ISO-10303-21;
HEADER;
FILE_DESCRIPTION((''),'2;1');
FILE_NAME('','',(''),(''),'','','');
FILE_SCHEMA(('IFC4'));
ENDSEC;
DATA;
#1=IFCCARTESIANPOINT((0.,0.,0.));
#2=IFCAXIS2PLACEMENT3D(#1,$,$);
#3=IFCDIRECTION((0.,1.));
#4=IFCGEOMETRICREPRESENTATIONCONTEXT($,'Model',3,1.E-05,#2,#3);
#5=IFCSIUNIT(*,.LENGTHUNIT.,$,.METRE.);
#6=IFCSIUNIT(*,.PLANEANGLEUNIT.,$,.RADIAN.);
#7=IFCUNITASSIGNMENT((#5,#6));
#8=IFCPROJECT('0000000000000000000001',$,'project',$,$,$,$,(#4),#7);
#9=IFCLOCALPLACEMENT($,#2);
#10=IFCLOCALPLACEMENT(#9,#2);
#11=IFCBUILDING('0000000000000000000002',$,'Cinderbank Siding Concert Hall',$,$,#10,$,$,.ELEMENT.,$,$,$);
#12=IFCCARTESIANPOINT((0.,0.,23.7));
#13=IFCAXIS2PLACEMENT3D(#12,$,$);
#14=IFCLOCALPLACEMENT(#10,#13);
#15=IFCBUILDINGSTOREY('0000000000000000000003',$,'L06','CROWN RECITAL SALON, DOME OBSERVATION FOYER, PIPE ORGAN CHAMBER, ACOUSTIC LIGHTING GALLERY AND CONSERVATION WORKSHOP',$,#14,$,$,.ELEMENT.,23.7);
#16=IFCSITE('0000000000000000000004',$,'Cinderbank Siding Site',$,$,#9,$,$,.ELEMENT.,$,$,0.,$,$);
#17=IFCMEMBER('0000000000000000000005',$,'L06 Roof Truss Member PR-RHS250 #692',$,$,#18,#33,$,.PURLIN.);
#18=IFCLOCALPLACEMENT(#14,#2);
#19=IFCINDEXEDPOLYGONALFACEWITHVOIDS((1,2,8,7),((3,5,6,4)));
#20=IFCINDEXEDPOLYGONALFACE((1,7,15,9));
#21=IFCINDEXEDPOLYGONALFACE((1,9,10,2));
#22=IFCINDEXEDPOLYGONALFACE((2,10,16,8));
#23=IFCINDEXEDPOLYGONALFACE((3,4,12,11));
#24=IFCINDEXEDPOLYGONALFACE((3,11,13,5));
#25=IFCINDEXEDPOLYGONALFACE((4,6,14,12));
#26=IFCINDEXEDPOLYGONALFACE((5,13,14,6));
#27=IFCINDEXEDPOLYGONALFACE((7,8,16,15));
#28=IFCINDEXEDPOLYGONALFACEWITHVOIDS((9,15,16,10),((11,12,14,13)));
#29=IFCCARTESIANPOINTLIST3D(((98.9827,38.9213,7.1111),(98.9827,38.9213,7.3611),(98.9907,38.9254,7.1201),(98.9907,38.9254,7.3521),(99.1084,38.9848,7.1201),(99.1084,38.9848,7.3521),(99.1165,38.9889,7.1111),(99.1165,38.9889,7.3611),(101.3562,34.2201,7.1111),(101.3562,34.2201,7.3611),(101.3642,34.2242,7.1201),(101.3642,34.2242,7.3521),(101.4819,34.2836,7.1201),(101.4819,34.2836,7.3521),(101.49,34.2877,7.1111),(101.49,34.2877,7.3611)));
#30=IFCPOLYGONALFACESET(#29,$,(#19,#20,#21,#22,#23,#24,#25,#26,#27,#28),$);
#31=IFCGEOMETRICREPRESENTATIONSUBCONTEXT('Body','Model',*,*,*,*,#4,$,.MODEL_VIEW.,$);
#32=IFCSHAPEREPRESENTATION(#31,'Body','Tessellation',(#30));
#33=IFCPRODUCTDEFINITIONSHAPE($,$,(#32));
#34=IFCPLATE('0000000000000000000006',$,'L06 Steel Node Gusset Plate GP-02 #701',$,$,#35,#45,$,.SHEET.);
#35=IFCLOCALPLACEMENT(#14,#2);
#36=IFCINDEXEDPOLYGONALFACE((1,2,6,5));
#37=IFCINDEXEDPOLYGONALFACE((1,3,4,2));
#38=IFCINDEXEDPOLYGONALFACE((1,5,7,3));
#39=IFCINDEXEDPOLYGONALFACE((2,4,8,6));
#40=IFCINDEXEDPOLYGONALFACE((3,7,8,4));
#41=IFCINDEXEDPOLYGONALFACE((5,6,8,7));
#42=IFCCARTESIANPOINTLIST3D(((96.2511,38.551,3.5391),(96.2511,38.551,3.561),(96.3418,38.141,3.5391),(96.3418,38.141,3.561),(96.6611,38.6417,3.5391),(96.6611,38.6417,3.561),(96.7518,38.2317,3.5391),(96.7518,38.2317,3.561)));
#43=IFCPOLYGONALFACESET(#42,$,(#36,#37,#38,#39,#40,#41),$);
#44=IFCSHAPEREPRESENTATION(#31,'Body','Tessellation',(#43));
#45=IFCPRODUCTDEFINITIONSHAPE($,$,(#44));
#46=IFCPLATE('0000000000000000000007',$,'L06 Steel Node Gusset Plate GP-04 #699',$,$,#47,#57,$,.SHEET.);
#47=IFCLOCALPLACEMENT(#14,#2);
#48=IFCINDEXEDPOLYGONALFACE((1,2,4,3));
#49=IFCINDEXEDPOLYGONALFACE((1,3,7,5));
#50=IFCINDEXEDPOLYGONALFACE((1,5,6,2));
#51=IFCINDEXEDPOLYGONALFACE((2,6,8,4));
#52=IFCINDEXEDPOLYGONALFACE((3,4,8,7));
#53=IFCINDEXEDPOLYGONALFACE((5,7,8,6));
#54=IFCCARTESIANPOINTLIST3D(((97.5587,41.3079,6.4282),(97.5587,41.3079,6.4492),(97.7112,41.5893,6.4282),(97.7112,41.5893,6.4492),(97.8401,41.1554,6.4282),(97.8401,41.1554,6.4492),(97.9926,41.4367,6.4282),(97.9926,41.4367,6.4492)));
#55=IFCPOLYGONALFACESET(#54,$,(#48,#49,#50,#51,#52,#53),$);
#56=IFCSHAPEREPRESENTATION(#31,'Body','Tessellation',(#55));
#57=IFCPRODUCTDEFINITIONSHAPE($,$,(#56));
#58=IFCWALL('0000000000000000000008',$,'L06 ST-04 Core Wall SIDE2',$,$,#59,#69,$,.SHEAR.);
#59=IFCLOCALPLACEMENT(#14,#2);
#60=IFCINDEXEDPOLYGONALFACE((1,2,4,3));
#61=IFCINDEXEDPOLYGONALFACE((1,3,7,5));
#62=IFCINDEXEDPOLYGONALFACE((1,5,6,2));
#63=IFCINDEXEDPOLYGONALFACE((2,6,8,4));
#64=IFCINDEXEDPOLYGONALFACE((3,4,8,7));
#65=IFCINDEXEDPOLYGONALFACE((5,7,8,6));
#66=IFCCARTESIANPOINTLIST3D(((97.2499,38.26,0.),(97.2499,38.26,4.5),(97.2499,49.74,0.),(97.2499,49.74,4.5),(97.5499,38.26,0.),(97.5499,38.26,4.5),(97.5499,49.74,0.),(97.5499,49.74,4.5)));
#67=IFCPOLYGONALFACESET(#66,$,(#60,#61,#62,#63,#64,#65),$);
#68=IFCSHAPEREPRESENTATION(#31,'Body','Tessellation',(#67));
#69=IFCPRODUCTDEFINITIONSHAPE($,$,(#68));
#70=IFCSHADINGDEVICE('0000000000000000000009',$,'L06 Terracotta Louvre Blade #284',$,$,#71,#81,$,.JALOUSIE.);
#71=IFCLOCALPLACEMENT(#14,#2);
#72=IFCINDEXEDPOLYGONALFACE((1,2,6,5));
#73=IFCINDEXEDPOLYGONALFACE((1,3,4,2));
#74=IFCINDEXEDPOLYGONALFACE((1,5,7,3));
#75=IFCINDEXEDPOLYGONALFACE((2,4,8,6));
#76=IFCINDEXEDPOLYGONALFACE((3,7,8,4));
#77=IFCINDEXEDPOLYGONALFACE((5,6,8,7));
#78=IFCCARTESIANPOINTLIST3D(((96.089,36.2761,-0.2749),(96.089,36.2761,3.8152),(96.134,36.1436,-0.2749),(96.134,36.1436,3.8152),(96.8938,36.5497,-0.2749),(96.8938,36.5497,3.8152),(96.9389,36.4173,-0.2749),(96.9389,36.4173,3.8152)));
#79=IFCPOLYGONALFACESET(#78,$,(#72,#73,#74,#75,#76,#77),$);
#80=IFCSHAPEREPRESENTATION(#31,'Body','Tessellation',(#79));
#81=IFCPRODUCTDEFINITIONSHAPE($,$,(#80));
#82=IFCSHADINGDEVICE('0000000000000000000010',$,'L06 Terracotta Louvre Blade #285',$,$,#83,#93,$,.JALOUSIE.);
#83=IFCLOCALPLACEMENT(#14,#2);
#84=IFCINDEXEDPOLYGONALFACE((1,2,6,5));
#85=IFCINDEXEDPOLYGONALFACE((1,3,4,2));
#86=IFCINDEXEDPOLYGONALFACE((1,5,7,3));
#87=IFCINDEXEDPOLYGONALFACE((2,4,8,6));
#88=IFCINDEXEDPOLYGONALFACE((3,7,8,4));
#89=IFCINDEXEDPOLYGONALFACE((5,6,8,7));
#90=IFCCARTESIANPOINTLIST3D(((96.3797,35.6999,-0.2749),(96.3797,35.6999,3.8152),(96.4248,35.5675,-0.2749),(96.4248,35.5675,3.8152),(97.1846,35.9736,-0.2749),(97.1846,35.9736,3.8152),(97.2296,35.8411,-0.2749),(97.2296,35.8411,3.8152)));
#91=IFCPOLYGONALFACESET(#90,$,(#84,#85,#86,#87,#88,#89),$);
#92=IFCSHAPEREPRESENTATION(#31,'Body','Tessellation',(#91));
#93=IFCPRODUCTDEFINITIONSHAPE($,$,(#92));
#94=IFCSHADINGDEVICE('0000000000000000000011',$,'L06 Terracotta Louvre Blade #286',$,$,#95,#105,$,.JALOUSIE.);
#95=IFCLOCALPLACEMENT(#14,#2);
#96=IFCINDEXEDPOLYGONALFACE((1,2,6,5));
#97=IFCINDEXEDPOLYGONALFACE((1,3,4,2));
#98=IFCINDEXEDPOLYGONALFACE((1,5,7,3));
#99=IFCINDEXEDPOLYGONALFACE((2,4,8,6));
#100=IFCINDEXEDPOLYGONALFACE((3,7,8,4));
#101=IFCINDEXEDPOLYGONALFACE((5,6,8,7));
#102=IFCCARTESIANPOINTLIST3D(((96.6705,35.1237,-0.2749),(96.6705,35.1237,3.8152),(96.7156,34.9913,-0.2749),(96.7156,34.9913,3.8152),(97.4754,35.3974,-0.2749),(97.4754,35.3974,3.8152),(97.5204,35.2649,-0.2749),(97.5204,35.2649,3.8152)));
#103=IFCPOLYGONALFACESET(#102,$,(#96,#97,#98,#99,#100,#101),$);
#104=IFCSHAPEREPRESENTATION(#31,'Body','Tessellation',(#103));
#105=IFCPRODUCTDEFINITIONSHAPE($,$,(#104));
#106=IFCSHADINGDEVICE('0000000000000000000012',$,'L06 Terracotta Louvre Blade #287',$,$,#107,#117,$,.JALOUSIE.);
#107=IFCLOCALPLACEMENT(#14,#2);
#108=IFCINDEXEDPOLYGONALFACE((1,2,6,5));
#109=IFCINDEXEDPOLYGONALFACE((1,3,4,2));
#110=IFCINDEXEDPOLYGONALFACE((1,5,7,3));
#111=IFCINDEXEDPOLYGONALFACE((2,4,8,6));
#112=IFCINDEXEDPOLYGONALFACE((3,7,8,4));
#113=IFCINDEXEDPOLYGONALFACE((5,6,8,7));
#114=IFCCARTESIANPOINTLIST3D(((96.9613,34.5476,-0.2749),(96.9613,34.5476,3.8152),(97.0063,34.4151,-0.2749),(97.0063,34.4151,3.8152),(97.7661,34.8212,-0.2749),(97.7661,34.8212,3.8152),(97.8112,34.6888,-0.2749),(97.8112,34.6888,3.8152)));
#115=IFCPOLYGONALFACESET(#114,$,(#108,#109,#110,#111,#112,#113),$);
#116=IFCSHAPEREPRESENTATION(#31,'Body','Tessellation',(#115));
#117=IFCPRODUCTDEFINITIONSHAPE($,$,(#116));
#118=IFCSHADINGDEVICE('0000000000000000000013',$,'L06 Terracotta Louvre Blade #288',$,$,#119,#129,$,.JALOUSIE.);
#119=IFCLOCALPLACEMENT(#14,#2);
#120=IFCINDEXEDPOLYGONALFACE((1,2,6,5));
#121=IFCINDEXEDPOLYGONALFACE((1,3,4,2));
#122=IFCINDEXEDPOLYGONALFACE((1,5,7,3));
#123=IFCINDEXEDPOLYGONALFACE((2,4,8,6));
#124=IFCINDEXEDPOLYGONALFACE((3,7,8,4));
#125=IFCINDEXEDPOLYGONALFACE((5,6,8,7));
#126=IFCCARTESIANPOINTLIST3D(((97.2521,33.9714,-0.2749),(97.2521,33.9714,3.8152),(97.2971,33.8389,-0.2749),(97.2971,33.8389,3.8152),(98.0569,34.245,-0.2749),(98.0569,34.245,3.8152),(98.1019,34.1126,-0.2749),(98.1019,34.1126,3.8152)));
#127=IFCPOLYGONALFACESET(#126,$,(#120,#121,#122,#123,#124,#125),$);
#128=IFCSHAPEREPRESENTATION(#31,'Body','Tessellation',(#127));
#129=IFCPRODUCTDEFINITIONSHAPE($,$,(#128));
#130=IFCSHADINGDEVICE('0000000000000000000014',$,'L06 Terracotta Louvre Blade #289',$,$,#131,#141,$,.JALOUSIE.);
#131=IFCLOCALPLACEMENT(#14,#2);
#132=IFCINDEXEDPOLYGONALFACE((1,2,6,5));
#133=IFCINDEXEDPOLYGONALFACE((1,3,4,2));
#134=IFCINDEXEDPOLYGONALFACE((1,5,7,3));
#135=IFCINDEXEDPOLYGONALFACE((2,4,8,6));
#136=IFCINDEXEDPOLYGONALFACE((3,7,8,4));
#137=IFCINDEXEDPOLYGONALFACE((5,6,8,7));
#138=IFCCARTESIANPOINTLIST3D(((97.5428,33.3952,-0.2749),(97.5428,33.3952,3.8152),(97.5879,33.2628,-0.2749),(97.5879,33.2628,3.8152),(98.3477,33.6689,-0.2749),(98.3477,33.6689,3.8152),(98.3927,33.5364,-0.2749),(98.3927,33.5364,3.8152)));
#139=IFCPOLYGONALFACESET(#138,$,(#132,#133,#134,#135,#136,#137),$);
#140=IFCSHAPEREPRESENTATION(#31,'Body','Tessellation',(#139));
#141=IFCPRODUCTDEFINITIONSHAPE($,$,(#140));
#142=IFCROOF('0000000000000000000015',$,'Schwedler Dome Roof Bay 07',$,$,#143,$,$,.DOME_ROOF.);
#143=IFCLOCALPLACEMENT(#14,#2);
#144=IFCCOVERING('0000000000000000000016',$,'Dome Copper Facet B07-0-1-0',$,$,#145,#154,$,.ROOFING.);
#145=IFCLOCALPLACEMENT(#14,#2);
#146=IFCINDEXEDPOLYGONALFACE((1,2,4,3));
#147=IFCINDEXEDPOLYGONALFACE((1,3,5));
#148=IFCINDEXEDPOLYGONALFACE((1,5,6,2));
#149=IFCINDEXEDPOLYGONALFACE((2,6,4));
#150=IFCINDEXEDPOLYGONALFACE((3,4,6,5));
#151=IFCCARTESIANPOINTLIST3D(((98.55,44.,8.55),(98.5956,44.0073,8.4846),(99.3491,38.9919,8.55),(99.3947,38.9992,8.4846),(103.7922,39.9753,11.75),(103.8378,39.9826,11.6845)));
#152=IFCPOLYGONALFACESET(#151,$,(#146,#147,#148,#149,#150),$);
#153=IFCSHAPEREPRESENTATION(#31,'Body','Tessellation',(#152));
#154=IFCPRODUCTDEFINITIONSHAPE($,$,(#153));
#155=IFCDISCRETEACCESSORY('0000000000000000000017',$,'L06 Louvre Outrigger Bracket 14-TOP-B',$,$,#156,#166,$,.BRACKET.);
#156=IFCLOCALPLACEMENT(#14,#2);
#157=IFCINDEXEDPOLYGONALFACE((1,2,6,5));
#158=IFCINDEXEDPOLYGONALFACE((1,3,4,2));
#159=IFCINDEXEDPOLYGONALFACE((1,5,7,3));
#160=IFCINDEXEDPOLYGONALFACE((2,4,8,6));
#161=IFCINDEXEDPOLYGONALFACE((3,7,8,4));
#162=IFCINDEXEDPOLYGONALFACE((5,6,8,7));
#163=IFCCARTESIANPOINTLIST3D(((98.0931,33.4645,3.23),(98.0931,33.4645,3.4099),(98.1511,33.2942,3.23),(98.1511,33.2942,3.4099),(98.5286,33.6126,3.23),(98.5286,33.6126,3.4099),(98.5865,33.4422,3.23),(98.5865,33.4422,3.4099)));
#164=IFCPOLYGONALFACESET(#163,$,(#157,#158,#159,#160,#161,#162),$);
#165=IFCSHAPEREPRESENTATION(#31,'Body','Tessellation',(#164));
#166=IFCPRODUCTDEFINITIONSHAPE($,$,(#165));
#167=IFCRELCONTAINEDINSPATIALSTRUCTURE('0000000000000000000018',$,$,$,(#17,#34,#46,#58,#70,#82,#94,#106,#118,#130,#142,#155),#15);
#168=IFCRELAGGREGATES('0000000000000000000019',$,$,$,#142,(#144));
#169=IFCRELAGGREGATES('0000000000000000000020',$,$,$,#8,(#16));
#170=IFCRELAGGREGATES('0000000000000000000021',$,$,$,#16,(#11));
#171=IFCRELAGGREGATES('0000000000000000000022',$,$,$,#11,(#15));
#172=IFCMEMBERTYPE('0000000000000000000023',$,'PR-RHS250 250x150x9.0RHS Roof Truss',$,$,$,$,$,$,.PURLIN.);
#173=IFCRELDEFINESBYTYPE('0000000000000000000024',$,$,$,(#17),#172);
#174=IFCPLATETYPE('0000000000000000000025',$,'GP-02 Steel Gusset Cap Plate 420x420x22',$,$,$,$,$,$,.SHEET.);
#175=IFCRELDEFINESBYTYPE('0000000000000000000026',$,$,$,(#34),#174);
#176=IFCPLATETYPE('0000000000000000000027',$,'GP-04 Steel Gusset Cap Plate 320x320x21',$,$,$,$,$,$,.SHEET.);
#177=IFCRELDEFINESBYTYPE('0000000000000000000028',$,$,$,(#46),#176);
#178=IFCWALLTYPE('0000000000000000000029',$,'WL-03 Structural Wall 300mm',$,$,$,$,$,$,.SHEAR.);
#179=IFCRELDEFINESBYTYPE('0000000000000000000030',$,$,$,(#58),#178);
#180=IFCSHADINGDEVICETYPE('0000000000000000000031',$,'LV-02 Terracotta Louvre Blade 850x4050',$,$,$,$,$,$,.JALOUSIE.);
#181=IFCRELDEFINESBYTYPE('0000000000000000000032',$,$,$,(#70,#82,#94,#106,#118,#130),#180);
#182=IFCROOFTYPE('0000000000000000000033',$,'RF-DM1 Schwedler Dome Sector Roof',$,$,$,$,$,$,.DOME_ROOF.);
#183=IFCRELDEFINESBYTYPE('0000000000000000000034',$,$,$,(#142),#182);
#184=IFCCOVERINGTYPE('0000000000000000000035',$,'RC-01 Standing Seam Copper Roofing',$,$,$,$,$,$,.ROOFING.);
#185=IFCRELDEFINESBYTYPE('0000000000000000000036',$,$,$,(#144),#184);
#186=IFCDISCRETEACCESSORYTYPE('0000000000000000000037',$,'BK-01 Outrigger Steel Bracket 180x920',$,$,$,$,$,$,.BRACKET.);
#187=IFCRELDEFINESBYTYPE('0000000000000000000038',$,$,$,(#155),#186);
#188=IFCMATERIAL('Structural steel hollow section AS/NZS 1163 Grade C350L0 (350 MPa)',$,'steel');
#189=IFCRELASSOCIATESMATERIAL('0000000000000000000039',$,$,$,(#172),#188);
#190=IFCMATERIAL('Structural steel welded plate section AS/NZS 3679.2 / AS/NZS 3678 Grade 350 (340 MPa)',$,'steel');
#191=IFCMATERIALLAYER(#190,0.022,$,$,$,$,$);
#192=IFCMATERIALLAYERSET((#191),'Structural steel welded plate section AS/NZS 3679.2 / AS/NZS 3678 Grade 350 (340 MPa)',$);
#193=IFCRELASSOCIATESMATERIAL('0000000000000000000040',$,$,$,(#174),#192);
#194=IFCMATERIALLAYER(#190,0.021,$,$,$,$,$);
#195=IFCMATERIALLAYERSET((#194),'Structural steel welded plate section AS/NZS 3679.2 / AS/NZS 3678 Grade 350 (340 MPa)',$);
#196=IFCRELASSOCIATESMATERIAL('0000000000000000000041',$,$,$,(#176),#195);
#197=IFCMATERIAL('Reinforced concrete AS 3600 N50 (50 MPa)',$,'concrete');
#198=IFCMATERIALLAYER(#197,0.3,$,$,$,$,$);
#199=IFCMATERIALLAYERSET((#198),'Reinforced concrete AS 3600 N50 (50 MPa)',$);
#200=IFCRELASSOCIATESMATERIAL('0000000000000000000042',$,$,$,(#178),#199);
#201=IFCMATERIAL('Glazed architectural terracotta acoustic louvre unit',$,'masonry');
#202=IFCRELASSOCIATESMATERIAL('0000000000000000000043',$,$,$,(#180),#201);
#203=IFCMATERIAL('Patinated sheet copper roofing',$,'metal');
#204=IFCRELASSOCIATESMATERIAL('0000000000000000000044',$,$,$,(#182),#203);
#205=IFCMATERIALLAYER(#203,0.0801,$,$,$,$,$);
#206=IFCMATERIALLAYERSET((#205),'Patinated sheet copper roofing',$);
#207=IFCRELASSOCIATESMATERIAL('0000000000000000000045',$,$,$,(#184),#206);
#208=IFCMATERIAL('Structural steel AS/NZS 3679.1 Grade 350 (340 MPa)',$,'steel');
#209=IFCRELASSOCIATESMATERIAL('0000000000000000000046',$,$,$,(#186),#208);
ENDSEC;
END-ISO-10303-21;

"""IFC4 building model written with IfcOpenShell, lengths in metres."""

from ifc_helpers import new_model, si_unit, direction, frame, frame_2d, origin, origin_2d, place, context, subcontext, project, spatial, polyline, rectangle, hollow_rectangle, outline, extrude, material, layer, layer_set, material_profile, profile_set, type_object, element, aggregate, save


model = new_model("IFC4")

# Units and contexts
model_context = context("Model", 3, precision=1e-05, world=origin(), true_north=direction((0.0, 1.0)))
body_context = subcontext(model_context, "Body", "Model", "MODEL_VIEW")
ifc_project = project(units=[si_unit("LENGTHUNIT", "METRE"), si_unit("PLANEANGLEUNIT", "RADIAN")], contexts=[model_context])

# Site, building, storey
site_placement = place(None, origin())
site = spatial("IfcSite", under=ifc_project, at=site_placement, Name="Cinderbank Siding Site", CompositionType="ELEMENT", RefElevation=0.0)
building_placement = place(site_placement, origin())
building = spatial("IfcBuilding", under=site, at=building_placement, Name="Cinderbank Siding Concert Hall", CompositionType="ELEMENT")
storey_placement = place(building_placement, frame((0.0, 0.0, 23.7)))
storey = spatial("IfcBuildingStorey", under=building, at=storey_placement, Name="L06", Description="CROWN RECITAL SALON, DOME OBSERVATION FOYER, PIPE ORGAN CHAMBER, ACOUSTIC LIGHTING GALLERY AND CONSERVATION WORKSHOP", CompositionType="ELEMENT", Elevation=23.7)

# Member
ifc_material_1 = material(Name="Structural steel hollow section AS/NZS 1163 Grade C350L0 (350 MPa)", Category="steel")
ifc_material_profile_1 = material_profile(ifc_material_1, hollow_rectangle(XDim=0.1499, YDim=0.25, WallThickness=0.009, at=origin_2d()), Name="250x150x9.0RHS", Category="LoadBearing")
ifc_profile_set_1 = profile_set([ifc_material_profile_1], Name="Structural steel hollow section AS/NZS 1163 Grade C350L0 (350 MPa)")
member_type_1 = type_object("IfcMemberType", Name="PR-RHS250 250x150x9.0RHS Roof Truss", PredefinedType="PURLIN", material=ifc_profile_set_1)
member_1_placement = place(storey_placement, frame((99.0496, 38.9551, 7.2361), z_axis=(0.450696, -0.892677, 0.0), x_axis=(0.892677, 0.450696, 0.0)))
element("IfcMember", 1, at=member_1_placement, inside=storey, type_object=member_type_1, Name="L06 Roof Truss Member PR-RHS250 #692", PredefinedType="PURLIN", context=body_context, shape_type="SweptSolid", body=[
    extrude(hollow_rectangle(XDim=0.1499, YDim=0.25, WallThickness=0.009, at=origin_2d()), origin(), (0.0, 0.0, 1.0), 5.2664),
])

# Plates
ifc_material_2 = material(Name="Structural steel welded plate section AS/NZS 3679.2 / AS/NZS 3678 Grade 350 (340 MPa)", Category="steel")
ifc_layer_1 = layer(ifc_material_2, 0.022)
ifc_layer_set_1 = layer_set([ifc_layer_1], Name="Structural steel welded plate section AS/NZS 3679.2 / AS/NZS 3678 Grade 350 (340 MPa)")
plate_type_1 = type_object("IfcPlateType", Name="GP-02 Steel Gusset Cap Plate 420x420x22", PredefinedType="SHEET", material=ifc_layer_set_1)
plate_1_placement = place(storey_placement, frame((96.5015, 38.3914, 3.5391), z_axis=(0.0, 0.0, 1.0), x_axis=(0.976409, 0.215928, 0.0)))
element("IfcPlate", 2, at=plate_1_placement, inside=storey, type_object=plate_type_1, Name="L06 Steel Node Gusset Plate GP-02 #701", PredefinedType="SHEET", context=body_context, shape_type="SweptSolid", body=[
    extrude(rectangle(XDim=0.4199, YDim=0.4199, at=origin_2d()), origin(), (0.0, 0.0, 1.0), 0.022),
])
ifc_layer_2 = layer(ifc_material_2, 0.021)
ifc_layer_set_2 = layer_set([ifc_layer_2], Name="Structural steel welded plate section AS/NZS 3679.2 / AS/NZS 3678 Grade 350 (340 MPa)")
plate_type_2 = type_object("IfcPlateType", Name="GP-04 Steel Gusset Cap Plate 320x320x21", PredefinedType="SHEET", material=ifc_layer_set_2)
plate_2_placement = place(storey_placement, frame((97.7756, 41.3723, 6.4282), z_axis=(0.0, 0.0, 1.0), x_axis=(0.476545, 0.87915, 0.0)))
element("IfcPlate", 3, at=plate_2_placement, inside=storey, type_object=plate_type_2, Name="L06 Steel Node Gusset Plate GP-04 #699", PredefinedType="SHEET", context=body_context, shape_type="SweptSolid", body=[
    extrude(rectangle(XDim=0.3201, YDim=0.3201, at=origin_2d()), origin(), (0.0, 0.0, 1.0), 0.021),
])

# Wall
ifc_material_3 = material(Name="Reinforced concrete AS 3600 N50 (50 MPa)", Category="concrete")
ifc_layer_3 = layer(ifc_material_3, 0.3)
ifc_layer_set_3 = layer_set([ifc_layer_3], Name="Reinforced concrete AS 3600 N50 (50 MPa)")
wall_type = type_object("IfcWallType", Name="WL-03 Structural Wall 300mm", PredefinedType="SHEAR", material=ifc_layer_set_3)
wall_placement = place(storey_placement, frame((97.3999, 38.26, 0.0), z_axis=(0.0, 0.0, 1.0), x_axis=(0.0, 1.0, 0.0)))
element("IfcWall", 4, at=wall_placement, inside=storey, type_object=wall_type, Name="L06 ST-04 Core Wall SIDE2", PredefinedType="SHEAR", context=body_context, shape_type="SweptSolid", body=[
    extrude(rectangle(XDim=11.48, YDim=0.3, at=frame_2d((5.74, 0.0))), origin(), (0.0, 0.0, 1.0), 4.5),
])

# Shading devices
ifc_material_4 = material(Name="Glazed architectural terracotta acoustic louvre unit", Category="masonry")
shading_device_type = type_object("IfcShadingDeviceType", Name="LV-02 Terracotta Louvre Blade 850x4050", PredefinedType="JALOUSIE", material=ifc_material_4)
for number, where, z_axis, x_axis, name in (
    (5, (96.5139, 36.3467, -0.2749), (0.0, 0.0, 1.0), (-0.946765, -0.321924, 0.0), "L06 Terracotta Louvre Blade #284"),
    (6, (96.8047, 35.7705, -0.2749), (0.0, 0.0, 1.0), (-0.946765, -0.321924, 0.0), "L06 Terracotta Louvre Blade #285"),
    (7, (97.0955, 35.1943, -0.2749), (0.0, 0.0, 1.0), (-0.946765, -0.321924, 0.0), "L06 Terracotta Louvre Blade #286"),
    (8, (97.3862, 34.6182, -0.2749), (0.0, 0.0, 1.0), (-0.946765, -0.321924, 0.0), "L06 Terracotta Louvre Blade #287"),
    (9, (97.677, 34.042, -0.2749), (0.0, 0.0, 1.0), (-0.946765, -0.321924, 0.0), "L06 Terracotta Louvre Blade #288"),
    (10, (97.9678, 33.4658, -0.2749), (0.0, 0.0, 1.0), (-0.946765, -0.321924, 0.0), "L06 Terracotta Louvre Blade #289"),
):
    element("IfcShadingDevice", number, at=place(storey_placement, frame(where, z_axis=z_axis, x_axis=x_axis)), inside=storey, type_object=shading_device_type, Name=name, PredefinedType="JALOUSIE", context=body_context, shape_type="SweptSolid", body=[
        extrude(rectangle(XDim=0.8501, YDim=0.1399, at=origin_2d()), origin(), (0.0, 0.0, 1.0), 4.0901),
    ])

# Roof, covering
ifc_material_5 = material(Name="Patinated sheet copper roofing", Category="metal")
roof_type = type_object("IfcRoofType", Name="RF-DM1 Schwedler Dome Sector Roof", PredefinedType="DOME_ROOF", material=ifc_material_5)
roof_placement = place(storey_placement, origin())
roof = element("IfcRoof", 11, at=roof_placement, inside=storey, type_object=roof_type, Name="Schwedler Dome Roof Bay 07", PredefinedType="DOME_ROOF")
ifc_layer_4 = layer(ifc_material_5, 0.0801)
ifc_layer_set_4 = layer_set([ifc_layer_4], Name="Patinated sheet copper roofing")
covering_type = type_object("IfcCoveringType", Name="RC-01 Standing Seam Copper Roofing", PredefinedType="ROOFING", material=ifc_layer_set_4)
covering_placement = place(storey_placement, frame((98.55, 44.0, 8.55), z_axis=(-0.568701, -0.09074, 0.817524), x_axis=(0.157564, -0.987509, 0.0)))
covering = element("IfcCovering", 12, at=covering_placement, type_object=covering_type, Name="Dome Copper Facet B07-0-1-0", PredefinedType="ROOFING", context=body_context, shape_type="SweptSolid", body=[
    extrude(outline(polyline([(0.0, 0.0), (5.0714, 0.0), (4.8004, 5.5565), (0.0, 0.0)])), origin(), (0.0, 0.0, -1.0), 0.0801),
])
aggregate(roof, [covering])

# Discrete accessory
ifc_material_6 = material(Name="Structural steel AS/NZS 3679.1 Grade 350 (340 MPa)", Category="steel")
discrete_accessory_type = type_object("IfcDiscreteAccessoryType", Name="BK-01 Outrigger Steel Bracket 180x920", PredefinedType="BRACKET", material=ifc_material_6)
discrete_accessory_placement = place(storey_placement, frame((98.3398, 33.4534, 3.23), z_axis=(0.0, 0.0, 1.0), x_axis=(-0.946765, -0.321924, 0.0)))
element("IfcDiscreteAccessory", 13, at=discrete_accessory_placement, inside=storey, type_object=discrete_accessory_type, Name="L06 Louvre Outrigger Bracket 14-TOP-B", PredefinedType="BRACKET", context=body_context, shape_type="SweptSolid", body=[
    extrude(rectangle(XDim=0.46, YDim=0.1799, at=origin_2d()), origin(), (0.0, 0.0, 1.0), 0.1799),
])

save(model, "model.ifc")
